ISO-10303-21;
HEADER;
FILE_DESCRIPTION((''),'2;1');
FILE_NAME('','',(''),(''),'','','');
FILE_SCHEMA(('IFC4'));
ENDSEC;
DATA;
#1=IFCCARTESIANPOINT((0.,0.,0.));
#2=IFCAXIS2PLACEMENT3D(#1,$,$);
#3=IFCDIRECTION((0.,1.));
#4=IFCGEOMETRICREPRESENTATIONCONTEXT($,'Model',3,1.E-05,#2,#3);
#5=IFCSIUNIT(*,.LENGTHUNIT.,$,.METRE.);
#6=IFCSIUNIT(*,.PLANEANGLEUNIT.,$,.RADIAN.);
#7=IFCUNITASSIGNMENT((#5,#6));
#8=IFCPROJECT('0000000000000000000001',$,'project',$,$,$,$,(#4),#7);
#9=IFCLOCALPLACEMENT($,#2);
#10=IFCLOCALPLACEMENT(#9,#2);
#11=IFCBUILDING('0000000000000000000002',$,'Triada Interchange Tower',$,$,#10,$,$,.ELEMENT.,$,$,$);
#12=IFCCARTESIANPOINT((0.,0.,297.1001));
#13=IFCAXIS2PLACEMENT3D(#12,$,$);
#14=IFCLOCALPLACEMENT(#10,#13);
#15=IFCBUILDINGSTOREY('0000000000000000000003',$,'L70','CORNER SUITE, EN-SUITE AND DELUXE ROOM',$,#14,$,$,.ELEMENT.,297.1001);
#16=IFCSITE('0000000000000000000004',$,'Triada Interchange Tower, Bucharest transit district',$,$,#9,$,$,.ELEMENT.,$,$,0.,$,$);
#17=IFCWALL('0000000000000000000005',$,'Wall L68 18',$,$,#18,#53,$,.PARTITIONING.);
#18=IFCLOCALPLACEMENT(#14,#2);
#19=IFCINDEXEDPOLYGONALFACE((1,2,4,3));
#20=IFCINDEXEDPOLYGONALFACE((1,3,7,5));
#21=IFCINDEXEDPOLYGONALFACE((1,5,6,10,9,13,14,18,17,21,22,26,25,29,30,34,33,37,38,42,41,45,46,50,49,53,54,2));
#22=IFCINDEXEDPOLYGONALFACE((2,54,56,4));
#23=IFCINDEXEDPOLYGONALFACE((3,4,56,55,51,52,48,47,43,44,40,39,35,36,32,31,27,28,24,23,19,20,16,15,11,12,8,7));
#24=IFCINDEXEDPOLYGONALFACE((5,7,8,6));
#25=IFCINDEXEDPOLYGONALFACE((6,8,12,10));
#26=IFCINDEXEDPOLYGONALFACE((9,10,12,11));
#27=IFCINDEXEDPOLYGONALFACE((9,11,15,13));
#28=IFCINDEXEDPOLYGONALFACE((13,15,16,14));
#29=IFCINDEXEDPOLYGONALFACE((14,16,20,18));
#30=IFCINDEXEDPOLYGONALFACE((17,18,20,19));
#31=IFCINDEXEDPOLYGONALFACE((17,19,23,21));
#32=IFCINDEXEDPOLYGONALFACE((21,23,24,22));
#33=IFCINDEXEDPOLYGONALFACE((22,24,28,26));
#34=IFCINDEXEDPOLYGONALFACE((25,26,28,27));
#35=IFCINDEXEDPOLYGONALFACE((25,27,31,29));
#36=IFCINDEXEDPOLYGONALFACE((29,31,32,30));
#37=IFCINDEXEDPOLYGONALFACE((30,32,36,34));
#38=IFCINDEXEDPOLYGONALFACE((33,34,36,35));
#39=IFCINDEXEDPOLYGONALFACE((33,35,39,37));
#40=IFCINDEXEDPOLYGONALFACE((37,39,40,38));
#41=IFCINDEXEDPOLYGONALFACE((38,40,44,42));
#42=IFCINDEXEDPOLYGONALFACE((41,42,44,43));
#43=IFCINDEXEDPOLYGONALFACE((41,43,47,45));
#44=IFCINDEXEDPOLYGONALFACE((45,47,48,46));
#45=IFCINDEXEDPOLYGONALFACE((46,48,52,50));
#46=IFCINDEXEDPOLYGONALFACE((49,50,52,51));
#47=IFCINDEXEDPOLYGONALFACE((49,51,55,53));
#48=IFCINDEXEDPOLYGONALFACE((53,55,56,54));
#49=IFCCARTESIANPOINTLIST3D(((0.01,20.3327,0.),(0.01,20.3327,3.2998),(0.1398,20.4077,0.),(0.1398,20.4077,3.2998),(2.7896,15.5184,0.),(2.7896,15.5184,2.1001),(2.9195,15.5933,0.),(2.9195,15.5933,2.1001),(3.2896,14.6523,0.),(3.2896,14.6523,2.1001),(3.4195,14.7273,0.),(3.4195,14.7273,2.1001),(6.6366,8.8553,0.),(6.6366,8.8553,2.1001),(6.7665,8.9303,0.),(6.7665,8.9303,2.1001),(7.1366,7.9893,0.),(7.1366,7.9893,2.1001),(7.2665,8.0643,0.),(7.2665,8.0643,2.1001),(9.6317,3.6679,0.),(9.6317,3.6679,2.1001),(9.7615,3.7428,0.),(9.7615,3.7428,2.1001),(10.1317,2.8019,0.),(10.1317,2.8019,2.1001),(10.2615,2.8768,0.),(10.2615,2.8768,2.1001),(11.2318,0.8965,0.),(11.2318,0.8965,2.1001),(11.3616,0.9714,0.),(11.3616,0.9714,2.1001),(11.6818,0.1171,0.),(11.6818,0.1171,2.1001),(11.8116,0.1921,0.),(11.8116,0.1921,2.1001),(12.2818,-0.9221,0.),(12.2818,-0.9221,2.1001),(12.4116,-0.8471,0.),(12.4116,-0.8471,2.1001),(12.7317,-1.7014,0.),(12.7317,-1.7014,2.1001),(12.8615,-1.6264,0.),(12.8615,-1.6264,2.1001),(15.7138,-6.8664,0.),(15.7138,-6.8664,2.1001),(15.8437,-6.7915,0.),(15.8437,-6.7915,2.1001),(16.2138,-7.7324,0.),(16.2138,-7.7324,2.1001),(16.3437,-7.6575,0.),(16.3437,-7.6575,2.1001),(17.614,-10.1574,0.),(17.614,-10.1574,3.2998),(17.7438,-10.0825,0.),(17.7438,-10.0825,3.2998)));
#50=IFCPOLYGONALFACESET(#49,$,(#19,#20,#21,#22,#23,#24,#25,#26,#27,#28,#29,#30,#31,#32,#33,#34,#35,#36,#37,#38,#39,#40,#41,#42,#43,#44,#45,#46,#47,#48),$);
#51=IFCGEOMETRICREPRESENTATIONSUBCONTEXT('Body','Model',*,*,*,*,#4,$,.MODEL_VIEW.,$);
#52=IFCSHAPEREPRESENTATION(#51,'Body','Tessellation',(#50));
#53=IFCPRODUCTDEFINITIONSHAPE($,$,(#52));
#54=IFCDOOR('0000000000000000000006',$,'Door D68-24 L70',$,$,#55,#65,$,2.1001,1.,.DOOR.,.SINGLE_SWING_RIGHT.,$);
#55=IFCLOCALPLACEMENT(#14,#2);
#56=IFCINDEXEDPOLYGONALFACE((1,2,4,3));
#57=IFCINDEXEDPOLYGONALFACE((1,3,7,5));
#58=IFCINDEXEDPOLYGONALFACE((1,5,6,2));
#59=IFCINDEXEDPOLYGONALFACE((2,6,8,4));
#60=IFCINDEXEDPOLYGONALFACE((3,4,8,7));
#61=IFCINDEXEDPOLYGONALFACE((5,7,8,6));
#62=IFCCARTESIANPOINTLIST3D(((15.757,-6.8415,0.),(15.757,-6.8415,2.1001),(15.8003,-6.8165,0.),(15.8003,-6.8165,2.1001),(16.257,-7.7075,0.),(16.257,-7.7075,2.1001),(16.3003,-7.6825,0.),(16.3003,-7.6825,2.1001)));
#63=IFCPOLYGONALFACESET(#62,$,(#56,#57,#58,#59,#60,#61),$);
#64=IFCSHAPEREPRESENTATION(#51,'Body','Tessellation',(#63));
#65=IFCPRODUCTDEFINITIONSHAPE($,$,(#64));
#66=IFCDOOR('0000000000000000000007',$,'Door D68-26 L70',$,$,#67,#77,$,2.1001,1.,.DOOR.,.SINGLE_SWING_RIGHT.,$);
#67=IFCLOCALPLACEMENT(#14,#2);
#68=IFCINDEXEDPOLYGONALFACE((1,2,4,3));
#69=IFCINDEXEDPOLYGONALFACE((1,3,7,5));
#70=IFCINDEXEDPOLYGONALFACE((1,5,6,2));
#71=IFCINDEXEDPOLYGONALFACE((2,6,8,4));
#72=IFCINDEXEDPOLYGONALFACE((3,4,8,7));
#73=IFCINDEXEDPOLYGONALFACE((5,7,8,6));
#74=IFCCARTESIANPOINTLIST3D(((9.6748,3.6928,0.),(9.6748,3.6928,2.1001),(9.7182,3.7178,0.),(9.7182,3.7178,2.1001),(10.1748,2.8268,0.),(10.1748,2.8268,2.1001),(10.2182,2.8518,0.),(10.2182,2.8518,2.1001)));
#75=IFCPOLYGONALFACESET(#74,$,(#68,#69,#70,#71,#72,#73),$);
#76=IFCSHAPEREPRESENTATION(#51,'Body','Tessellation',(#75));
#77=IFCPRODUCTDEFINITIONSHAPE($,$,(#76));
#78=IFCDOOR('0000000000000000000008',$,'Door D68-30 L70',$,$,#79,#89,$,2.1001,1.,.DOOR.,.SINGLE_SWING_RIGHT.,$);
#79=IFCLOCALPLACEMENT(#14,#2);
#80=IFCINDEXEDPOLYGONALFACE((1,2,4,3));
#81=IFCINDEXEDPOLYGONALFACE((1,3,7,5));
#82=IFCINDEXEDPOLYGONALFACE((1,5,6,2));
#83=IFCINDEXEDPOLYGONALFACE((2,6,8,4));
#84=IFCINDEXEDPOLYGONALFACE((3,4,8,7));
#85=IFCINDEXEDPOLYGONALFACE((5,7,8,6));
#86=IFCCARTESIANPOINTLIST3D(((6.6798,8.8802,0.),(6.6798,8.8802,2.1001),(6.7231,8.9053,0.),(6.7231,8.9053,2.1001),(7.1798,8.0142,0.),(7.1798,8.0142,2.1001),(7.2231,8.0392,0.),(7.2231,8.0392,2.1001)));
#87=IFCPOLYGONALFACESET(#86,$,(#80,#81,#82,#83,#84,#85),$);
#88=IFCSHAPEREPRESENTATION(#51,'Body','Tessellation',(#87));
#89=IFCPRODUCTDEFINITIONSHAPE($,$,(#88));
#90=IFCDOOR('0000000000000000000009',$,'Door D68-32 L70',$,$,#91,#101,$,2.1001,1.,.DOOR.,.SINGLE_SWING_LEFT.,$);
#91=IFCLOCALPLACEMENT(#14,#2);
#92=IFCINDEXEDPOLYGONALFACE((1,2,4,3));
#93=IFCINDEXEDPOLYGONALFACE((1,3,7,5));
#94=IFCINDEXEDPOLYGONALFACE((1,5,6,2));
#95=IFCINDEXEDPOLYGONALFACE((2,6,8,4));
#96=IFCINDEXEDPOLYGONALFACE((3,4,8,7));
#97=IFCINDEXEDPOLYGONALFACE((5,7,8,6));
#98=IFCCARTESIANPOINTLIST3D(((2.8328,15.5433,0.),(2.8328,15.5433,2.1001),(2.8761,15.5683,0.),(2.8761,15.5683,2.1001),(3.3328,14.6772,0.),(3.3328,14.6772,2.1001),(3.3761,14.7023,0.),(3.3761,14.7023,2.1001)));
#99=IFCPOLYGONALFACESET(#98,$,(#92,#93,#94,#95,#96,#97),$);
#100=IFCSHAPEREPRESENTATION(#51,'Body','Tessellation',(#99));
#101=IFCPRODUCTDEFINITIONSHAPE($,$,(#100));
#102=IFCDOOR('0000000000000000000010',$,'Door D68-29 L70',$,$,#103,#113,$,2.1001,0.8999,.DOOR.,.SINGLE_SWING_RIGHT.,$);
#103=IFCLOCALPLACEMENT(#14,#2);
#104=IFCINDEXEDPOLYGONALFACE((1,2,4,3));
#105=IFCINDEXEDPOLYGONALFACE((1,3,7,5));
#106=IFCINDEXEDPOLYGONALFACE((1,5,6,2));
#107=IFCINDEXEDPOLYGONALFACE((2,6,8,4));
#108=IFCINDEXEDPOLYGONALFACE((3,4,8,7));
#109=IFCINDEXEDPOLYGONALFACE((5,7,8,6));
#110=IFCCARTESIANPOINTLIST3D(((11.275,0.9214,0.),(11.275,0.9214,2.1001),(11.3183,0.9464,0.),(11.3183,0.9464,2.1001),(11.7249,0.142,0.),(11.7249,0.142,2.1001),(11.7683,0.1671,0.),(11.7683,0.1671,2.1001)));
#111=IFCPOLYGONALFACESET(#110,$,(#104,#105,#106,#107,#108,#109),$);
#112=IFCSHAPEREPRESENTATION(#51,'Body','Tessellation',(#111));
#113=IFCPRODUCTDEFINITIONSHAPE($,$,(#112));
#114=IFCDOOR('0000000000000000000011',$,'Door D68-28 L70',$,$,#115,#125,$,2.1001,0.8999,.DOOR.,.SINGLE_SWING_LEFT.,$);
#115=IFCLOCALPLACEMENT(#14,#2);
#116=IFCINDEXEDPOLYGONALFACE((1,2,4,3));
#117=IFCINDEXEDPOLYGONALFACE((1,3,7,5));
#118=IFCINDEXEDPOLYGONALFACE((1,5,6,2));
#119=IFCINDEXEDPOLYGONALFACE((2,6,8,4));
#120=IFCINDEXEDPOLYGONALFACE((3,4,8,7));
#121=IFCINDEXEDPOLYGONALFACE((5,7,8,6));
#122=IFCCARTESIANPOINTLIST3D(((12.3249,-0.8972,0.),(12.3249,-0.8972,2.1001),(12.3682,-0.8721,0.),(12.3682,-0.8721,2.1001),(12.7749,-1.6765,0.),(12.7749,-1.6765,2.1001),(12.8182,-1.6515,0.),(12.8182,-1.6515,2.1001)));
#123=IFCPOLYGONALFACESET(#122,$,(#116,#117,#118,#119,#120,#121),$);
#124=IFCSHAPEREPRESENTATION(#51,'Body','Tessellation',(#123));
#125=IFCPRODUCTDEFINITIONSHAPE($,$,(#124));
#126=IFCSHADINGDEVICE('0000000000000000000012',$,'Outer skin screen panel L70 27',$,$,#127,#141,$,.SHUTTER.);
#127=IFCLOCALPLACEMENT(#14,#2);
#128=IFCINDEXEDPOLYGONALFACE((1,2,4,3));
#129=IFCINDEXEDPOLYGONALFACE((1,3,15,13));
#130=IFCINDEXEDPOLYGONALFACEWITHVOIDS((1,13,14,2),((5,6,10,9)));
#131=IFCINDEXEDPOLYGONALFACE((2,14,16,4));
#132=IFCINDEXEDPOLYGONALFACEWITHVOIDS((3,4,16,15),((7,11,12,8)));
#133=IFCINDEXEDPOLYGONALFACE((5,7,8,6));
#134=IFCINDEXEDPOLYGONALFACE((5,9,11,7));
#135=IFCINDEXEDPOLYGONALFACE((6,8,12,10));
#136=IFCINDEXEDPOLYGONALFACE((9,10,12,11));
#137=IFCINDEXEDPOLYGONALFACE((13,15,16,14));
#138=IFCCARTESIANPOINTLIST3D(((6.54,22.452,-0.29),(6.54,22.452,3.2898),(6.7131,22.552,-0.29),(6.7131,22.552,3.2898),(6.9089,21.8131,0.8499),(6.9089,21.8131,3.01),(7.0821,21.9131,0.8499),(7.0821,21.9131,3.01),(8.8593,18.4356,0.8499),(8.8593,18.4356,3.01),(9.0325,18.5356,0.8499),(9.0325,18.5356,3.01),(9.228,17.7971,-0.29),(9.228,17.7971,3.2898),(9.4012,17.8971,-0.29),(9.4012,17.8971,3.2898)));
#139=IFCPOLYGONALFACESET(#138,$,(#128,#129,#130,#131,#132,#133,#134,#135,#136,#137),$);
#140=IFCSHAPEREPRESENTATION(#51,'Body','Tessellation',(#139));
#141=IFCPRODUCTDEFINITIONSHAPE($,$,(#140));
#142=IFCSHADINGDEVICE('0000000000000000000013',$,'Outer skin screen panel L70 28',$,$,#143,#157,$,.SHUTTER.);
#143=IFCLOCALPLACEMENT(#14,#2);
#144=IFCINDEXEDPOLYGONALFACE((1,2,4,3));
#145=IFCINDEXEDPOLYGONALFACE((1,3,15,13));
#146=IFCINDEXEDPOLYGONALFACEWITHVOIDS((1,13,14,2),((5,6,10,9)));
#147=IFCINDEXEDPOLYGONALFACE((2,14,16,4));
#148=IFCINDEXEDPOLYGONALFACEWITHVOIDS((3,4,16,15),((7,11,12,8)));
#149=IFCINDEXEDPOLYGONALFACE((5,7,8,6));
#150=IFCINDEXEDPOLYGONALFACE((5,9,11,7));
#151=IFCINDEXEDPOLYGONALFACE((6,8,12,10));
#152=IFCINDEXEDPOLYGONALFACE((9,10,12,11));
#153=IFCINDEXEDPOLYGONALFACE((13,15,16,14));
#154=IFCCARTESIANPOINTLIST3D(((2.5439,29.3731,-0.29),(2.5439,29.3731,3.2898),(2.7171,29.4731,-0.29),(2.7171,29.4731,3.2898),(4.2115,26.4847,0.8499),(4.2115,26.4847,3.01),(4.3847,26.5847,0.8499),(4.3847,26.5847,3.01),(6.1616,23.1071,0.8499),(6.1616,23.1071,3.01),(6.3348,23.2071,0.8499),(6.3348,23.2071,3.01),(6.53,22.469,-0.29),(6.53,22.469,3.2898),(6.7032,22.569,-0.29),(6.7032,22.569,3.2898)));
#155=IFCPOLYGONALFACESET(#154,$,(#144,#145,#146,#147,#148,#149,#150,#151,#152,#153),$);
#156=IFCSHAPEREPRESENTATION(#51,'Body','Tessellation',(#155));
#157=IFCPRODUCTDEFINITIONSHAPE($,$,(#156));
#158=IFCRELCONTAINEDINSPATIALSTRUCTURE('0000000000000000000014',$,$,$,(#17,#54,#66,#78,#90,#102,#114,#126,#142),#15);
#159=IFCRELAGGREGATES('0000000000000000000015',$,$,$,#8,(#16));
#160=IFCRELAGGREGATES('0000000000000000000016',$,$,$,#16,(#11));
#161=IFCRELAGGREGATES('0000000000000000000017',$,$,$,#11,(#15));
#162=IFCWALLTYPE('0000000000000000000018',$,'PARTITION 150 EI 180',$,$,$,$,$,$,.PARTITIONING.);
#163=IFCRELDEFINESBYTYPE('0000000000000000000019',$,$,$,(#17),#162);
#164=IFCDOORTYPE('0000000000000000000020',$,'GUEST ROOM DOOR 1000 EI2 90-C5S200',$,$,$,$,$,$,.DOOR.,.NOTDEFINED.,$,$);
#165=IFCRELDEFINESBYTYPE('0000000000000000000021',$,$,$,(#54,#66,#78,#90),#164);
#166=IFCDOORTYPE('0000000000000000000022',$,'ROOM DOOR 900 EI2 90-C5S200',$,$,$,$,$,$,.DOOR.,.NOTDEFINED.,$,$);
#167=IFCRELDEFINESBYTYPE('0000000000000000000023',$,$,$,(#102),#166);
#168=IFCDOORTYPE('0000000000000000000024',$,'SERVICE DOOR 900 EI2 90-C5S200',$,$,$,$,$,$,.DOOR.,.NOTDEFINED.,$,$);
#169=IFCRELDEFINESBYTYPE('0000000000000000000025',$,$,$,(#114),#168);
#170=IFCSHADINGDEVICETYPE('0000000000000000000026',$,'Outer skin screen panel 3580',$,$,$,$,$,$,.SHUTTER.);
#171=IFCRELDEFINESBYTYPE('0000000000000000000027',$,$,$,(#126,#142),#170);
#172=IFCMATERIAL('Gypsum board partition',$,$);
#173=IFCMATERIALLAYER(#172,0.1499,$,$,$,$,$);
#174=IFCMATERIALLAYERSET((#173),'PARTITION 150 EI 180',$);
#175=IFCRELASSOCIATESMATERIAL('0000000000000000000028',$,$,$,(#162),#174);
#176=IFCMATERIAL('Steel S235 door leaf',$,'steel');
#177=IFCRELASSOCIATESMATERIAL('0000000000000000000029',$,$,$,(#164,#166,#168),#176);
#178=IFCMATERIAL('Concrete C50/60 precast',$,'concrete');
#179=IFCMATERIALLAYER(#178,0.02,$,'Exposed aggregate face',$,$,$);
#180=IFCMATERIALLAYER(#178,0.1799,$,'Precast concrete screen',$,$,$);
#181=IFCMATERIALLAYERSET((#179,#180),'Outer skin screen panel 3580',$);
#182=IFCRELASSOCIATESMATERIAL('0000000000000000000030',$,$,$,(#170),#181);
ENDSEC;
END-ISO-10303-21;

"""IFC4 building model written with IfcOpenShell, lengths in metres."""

from ifc_helpers import new_model, si_unit, direction, frame, frame_2d, origin, place, context, subcontext, project, spatial, polyline, rectangle, outline, extrude, material, layer, layer_set, type_object, element, fill, save


model = new_model("IFC4")

# Units and contexts
model_context = context("Model", 3, precision=1e-05, world=origin(), true_north=direction((0.0, 1.0)))
body_context = subcontext(model_context, "Body", "Model", "MODEL_VIEW")
ifc_project = project(units=[si_unit("LENGTHUNIT", "METRE"), si_unit("PLANEANGLEUNIT", "RADIAN")], contexts=[model_context])

# Site, building, storey
site_placement = place(None, origin())
site = spatial("IfcSite", under=ifc_project, at=site_placement, Name="Triada Interchange Tower, Bucharest transit district", CompositionType="ELEMENT", RefElevation=0.0)
building_placement = place(site_placement, origin())
building = spatial("IfcBuilding", under=site, at=building_placement, Name="Triada Interchange Tower", CompositionType="ELEMENT")
storey_placement = place(building_placement, frame((0.0, 0.0, 297.1001)))
storey = spatial("IfcBuildingStorey", under=building, at=storey_placement, Name="L70", Description="CORNER SUITE, EN-SUITE AND DELUXE ROOM", CompositionType="ELEMENT", Elevation=297.1001)

# Shared definitions
ifc_material_1 = material(Name="Gypsum board partition")
ifc_layer_1 = layer(ifc_material_1, 0.1499)
ifc_layer_set_1 = layer_set([ifc_layer_1], Name="PARTITION 150 EI 180")
wall_type_1 = type_object("IfcWallType", Name="PARTITION 150 EI 180", PredefinedType="PARTITIONING", material=ifc_layer_set_1)

# Wall, openings, doors
wall_1_placement = place(storey_placement, frame((0.075, 20.3701, 0.0), z_axis=(0.0, 0.0, 1.0), x_axis=(0.50001, -0.86602, 0.0)))
wall_1 = element("IfcWall", 1, at=wall_1_placement, inside=storey, type_object=wall_type_1, Name="Wall L68 18", PredefinedType="PARTITIONING", context=body_context, shape_type="SweptSolid", body=[
    extrude(rectangle(XDim=35.2073, YDim=0.1499, at=frame_2d((17.6035, 0.0))), origin(), (0.0, 0.0, 1.0), 3.2998),
])
opening_1_placement = place(wall_1_placement, frame((31.407, 0.0, 0.0)))
opening_1 = element("IfcOpeningElement", 2, at=opening_1_placement, cuts=wall_1, PredefinedType="OPENING", context=body_context, shape_type="SweptSolid", body=[
    extrude(rectangle(XDim=1.0, YDim=2.1001, at=frame_2d((0.5, 1.05))), frame((0.0, 0.085, 0.0), z_axis=(0.0, -1.0, 0.0), x_axis=(1.0, 0.0, 0.0)), (0.0, 0.0, 1.0), 0.1699),
])
opening_2_placement = place(wall_1_placement, frame((19.2429, 0.0, 0.0)))
opening_2 = element("IfcOpeningElement", 3, at=opening_2_placement, cuts=wall_1, PredefinedType="OPENING", context=body_context, shape_type="SweptSolid", body=[
    extrude(rectangle(XDim=1.0, YDim=2.1001, at=frame_2d((0.5, 1.05))), frame((0.0, 0.085, 0.0), z_axis=(0.0, -1.0, 0.0), x_axis=(1.0, 0.0, 0.0)), (0.0, 0.0, 1.0), 0.1699),
])
opening_3_placement = place(wall_1_placement, frame((24.543, 0.0, 0.0)))
opening_3 = element("IfcOpeningElement", 4, at=opening_3_placement, cuts=wall_1, PredefinedType="OPENING", context=body_context, shape_type="SweptSolid", body=[
    extrude(rectangle(XDim=0.8999, YDim=2.1001, at=frame_2d((0.45, 1.05))), frame((0.0, 0.085, 0.0), z_axis=(0.0, -1.0, 0.0), x_axis=(1.0, 0.0, 0.0)), (0.0, 0.0, 1.0), 0.1699),
])
opening_4_placement = place(wall_1_placement, frame((22.4431, 0.0, 0.0)))
opening_4 = element("IfcOpeningElement", 5, at=opening_4_placement, cuts=wall_1, PredefinedType="OPENING", context=body_context, shape_type="SweptSolid", body=[
    extrude(rectangle(XDim=0.8999, YDim=2.1001, at=frame_2d((0.45, 1.05))), frame((0.0, 0.085, 0.0), z_axis=(0.0, -1.0, 0.0), x_axis=(1.0, 0.0, 0.0)), (0.0, 0.0, 1.0), 0.1699),
])
opening_5_placement = place(wall_1_placement, frame((13.2529, 0.0, 0.0)))
opening_5 = element("IfcOpeningElement", 6, at=opening_5_placement, cuts=wall_1, PredefinedType="OPENING", context=body_context, shape_type="SweptSolid", body=[
    extrude(rectangle(XDim=1.0, YDim=2.1001, at=frame_2d((0.5, 1.05))), frame((0.0, 0.085, 0.0), z_axis=(0.0, -1.0, 0.0), x_axis=(1.0, 0.0, 0.0)), (0.0, 0.0, 1.0), 0.1699),
])
opening_6_placement = place(wall_1_placement, frame((5.5591, 0.0, 0.0)))
opening_6 = element("IfcOpeningElement", 7, at=opening_6_placement, cuts=wall_1, PredefinedType="OPENING", context=body_context, shape_type="SweptSolid", body=[
    extrude(rectangle(XDim=1.0, YDim=2.1001, at=frame_2d((0.5, 1.05))), frame((0.0, 0.085, 0.0), z_axis=(0.0, -1.0, 0.0), x_axis=(1.0, 0.0, 0.0)), (0.0, 0.0, 1.0), 0.1699),
])
ifc_material_2 = material(Name="Steel S235 door leaf", Category="steel")
door_type_1 = type_object("IfcDoorType", Name="GUEST ROOM DOOR 1000 EI2 90-C5S200", OperationType="NOTDEFINED", PredefinedType="DOOR", material=ifc_material_2)
door_1_placement = place(opening_1_placement, origin())
door_1 = element("IfcDoor", 8, at=door_1_placement, inside=storey, type_object=door_type_1, Name="Door D68-24 L70", OperationType="SINGLE_SWING_RIGHT", OverallHeight=2.1001, OverallWidth=1.0, PredefinedType="DOOR", context=body_context, shape_type="SweptSolid", body=[
    extrude(rectangle(XDim=1.0, YDim=2.1001, at=frame_2d((0.5, 1.05))), frame((0.0, 0.0249, 0.0), z_axis=(0.0, -1.0, 0.0), x_axis=(1.0, 0.0, 0.0)), (0.0, 0.0, 1.0), 0.05),
])
fill(opening_1, door_1)
door_2_placement = place(opening_2_placement, origin())
door_2 = element("IfcDoor", 9, at=door_2_placement, inside=storey, type_object=door_type_1, Name="Door D68-26 L70", OperationType="SINGLE_SWING_RIGHT", OverallHeight=2.1001, OverallWidth=1.0, PredefinedType="DOOR", context=body_context, shape_type="SweptSolid", body=[
    extrude(rectangle(XDim=1.0, YDim=2.1001, at=frame_2d((0.5, 1.05))), frame((0.0, 0.0249, 0.0), z_axis=(0.0, -1.0, 0.0), x_axis=(1.0, 0.0, 0.0)), (0.0, 0.0, 1.0), 0.05),
])
fill(opening_2, door_2)
door_3_placement = place(opening_5_placement, origin())
door_3 = element("IfcDoor", 10, at=door_3_placement, inside=storey, type_object=door_type_1, Name="Door D68-30 L70", OperationType="SINGLE_SWING_RIGHT", OverallHeight=2.1001, OverallWidth=1.0, PredefinedType="DOOR", context=body_context, shape_type="SweptSolid", body=[
    extrude(rectangle(XDim=1.0, YDim=2.1001, at=frame_2d((0.5, 1.05))), frame((0.0, 0.0249, 0.0), z_axis=(0.0, -1.0, 0.0), x_axis=(1.0, 0.0, 0.0)), (0.0, 0.0, 1.0), 0.05),
])
fill(opening_5, door_3)
door_4_placement = place(opening_6_placement, origin())
door_4 = element("IfcDoor", 11, at=door_4_placement, inside=storey, type_object=door_type_1, Name="Door D68-32 L70", OperationType="SINGLE_SWING_LEFT", OverallHeight=2.1001, OverallWidth=1.0, PredefinedType="DOOR", context=body_context, shape_type="SweptSolid", body=[
    extrude(rectangle(XDim=1.0, YDim=2.1001, at=frame_2d((0.5, 1.05))), frame((0.0, 0.0249, 0.0), z_axis=(0.0, -1.0, 0.0), x_axis=(1.0, 0.0, 0.0)), (0.0, 0.0, 1.0), 0.05),
])
fill(opening_6, door_4)
door_type_2 = type_object("IfcDoorType", Name="ROOM DOOR 900 EI2 90-C5S200", OperationType="NOTDEFINED", PredefinedType="DOOR", material=ifc_material_2)
door_5_placement = place(opening_4_placement, origin())
door_5 = element("IfcDoor", 12, at=door_5_placement, inside=storey, type_object=door_type_2, Name="Door D68-29 L70", OperationType="SINGLE_SWING_RIGHT", OverallHeight=2.1001, OverallWidth=0.8999, PredefinedType="DOOR", context=body_context, shape_type="SweptSolid", body=[
    extrude(rectangle(XDim=0.8999, YDim=2.1001, at=frame_2d((0.45, 1.05))), frame((0.0, 0.0249, 0.0), z_axis=(0.0, -1.0, 0.0), x_axis=(1.0, 0.0, 0.0)), (0.0, 0.0, 1.0), 0.05),
])
fill(opening_4, door_5)
door_type_3 = type_object("IfcDoorType", Name="SERVICE DOOR 900 EI2 90-C5S200", OperationType="NOTDEFINED", PredefinedType="DOOR", material=ifc_material_2)
door_6_placement = place(opening_3_placement, origin())
door_6 = element("IfcDoor", 13, at=door_6_placement, inside=storey, type_object=door_type_3, Name="Door D68-28 L70", OperationType="SINGLE_SWING_LEFT", OverallHeight=2.1001, OverallWidth=0.8999, PredefinedType="DOOR", context=body_context, shape_type="SweptSolid", body=[
    extrude(rectangle(XDim=0.8999, YDim=2.1001, at=frame_2d((0.45, 1.05))), frame((0.0, 0.0249, 0.0), z_axis=(0.0, -1.0, 0.0), x_axis=(1.0, 0.0, 0.0)), (0.0, 0.0, 1.0), 0.05),
])
fill(opening_3, door_6)

# Shading devices
ifc_material_3 = material(Name="Concrete C50/60 precast", Category="concrete")
ifc_layer_2 = layer(ifc_material_3, 0.02, Name="Exposed aggregate face")
ifc_layer_3 = layer(ifc_material_3, 0.1799, Name="Precast concrete screen")
ifc_layer_set_2 = layer_set([ifc_layer_2, ifc_layer_3], Name="Outer skin screen panel 3580")
shading_device_type = type_object("IfcShadingDeviceType", Name="Outer skin screen panel 3580", PredefinedType="SHUTTER", material=ifc_layer_set_2)
shading_device_1_placement = place(storey_placement, frame((9.228, 17.7971, -0.29), z_axis=(0.0, 0.0, 1.0), x_axis=(-0.500076, 0.865981, 0.0)))
element("IfcShadingDevice", 14, at=shading_device_1_placement, inside=storey, type_object=shading_device_type, Name="Outer skin screen panel L70 27", PredefinedType="SHUTTER", context=body_context, shape_type="SweptSolid", body=[
    extrude(outline(polyline([(0.0, 0.0), (5.3752, 0.0), (5.3752, 3.5798), (0.0, 3.5798), (0.0, 0.0)]), holes=[polyline([(0.7373, 1.1399), (0.7373, 3.3), (4.6375, 3.3), (4.6375, 1.1399), (0.7373, 1.1399)])]), frame((0.0, 0.0, 0.0), z_axis=(0.0, -1.0, 0.0), x_axis=(1.0, 0.0, 0.0)), (0.0, 0.0, 1.0), 0.2),
])
shading_device_2_placement = place(storey_placement, frame((6.53, 22.469, -0.29), z_axis=(0.0, 0.0, 1.0), x_axis=(-0.500003, 0.866024, 0.0)))
element("IfcShadingDevice", 15, at=shading_device_2_placement, inside=storey, type_object=shading_device_type, Name="Outer skin screen panel L70 28", PredefinedType="SHUTTER", context=body_context, shape_type="SweptSolid", body=[
    extrude(outline(polyline([(0.0, 0.0), (7.9722, 0.0), (7.9722, 3.5798), (0.0, 3.5798), (0.0, 0.0)]), holes=[polyline([(0.7368, 1.1399), (0.7368, 3.3), (4.637, 3.3), (4.637, 1.1399), (0.7368, 1.1399)])]), frame((0.0, 0.0, 0.0), z_axis=(0.0, -1.0, 0.0), x_axis=(1.0, 0.0, 0.0)), (0.0, 0.0, 1.0), 0.2),
])

save(model, "model.ifc")
